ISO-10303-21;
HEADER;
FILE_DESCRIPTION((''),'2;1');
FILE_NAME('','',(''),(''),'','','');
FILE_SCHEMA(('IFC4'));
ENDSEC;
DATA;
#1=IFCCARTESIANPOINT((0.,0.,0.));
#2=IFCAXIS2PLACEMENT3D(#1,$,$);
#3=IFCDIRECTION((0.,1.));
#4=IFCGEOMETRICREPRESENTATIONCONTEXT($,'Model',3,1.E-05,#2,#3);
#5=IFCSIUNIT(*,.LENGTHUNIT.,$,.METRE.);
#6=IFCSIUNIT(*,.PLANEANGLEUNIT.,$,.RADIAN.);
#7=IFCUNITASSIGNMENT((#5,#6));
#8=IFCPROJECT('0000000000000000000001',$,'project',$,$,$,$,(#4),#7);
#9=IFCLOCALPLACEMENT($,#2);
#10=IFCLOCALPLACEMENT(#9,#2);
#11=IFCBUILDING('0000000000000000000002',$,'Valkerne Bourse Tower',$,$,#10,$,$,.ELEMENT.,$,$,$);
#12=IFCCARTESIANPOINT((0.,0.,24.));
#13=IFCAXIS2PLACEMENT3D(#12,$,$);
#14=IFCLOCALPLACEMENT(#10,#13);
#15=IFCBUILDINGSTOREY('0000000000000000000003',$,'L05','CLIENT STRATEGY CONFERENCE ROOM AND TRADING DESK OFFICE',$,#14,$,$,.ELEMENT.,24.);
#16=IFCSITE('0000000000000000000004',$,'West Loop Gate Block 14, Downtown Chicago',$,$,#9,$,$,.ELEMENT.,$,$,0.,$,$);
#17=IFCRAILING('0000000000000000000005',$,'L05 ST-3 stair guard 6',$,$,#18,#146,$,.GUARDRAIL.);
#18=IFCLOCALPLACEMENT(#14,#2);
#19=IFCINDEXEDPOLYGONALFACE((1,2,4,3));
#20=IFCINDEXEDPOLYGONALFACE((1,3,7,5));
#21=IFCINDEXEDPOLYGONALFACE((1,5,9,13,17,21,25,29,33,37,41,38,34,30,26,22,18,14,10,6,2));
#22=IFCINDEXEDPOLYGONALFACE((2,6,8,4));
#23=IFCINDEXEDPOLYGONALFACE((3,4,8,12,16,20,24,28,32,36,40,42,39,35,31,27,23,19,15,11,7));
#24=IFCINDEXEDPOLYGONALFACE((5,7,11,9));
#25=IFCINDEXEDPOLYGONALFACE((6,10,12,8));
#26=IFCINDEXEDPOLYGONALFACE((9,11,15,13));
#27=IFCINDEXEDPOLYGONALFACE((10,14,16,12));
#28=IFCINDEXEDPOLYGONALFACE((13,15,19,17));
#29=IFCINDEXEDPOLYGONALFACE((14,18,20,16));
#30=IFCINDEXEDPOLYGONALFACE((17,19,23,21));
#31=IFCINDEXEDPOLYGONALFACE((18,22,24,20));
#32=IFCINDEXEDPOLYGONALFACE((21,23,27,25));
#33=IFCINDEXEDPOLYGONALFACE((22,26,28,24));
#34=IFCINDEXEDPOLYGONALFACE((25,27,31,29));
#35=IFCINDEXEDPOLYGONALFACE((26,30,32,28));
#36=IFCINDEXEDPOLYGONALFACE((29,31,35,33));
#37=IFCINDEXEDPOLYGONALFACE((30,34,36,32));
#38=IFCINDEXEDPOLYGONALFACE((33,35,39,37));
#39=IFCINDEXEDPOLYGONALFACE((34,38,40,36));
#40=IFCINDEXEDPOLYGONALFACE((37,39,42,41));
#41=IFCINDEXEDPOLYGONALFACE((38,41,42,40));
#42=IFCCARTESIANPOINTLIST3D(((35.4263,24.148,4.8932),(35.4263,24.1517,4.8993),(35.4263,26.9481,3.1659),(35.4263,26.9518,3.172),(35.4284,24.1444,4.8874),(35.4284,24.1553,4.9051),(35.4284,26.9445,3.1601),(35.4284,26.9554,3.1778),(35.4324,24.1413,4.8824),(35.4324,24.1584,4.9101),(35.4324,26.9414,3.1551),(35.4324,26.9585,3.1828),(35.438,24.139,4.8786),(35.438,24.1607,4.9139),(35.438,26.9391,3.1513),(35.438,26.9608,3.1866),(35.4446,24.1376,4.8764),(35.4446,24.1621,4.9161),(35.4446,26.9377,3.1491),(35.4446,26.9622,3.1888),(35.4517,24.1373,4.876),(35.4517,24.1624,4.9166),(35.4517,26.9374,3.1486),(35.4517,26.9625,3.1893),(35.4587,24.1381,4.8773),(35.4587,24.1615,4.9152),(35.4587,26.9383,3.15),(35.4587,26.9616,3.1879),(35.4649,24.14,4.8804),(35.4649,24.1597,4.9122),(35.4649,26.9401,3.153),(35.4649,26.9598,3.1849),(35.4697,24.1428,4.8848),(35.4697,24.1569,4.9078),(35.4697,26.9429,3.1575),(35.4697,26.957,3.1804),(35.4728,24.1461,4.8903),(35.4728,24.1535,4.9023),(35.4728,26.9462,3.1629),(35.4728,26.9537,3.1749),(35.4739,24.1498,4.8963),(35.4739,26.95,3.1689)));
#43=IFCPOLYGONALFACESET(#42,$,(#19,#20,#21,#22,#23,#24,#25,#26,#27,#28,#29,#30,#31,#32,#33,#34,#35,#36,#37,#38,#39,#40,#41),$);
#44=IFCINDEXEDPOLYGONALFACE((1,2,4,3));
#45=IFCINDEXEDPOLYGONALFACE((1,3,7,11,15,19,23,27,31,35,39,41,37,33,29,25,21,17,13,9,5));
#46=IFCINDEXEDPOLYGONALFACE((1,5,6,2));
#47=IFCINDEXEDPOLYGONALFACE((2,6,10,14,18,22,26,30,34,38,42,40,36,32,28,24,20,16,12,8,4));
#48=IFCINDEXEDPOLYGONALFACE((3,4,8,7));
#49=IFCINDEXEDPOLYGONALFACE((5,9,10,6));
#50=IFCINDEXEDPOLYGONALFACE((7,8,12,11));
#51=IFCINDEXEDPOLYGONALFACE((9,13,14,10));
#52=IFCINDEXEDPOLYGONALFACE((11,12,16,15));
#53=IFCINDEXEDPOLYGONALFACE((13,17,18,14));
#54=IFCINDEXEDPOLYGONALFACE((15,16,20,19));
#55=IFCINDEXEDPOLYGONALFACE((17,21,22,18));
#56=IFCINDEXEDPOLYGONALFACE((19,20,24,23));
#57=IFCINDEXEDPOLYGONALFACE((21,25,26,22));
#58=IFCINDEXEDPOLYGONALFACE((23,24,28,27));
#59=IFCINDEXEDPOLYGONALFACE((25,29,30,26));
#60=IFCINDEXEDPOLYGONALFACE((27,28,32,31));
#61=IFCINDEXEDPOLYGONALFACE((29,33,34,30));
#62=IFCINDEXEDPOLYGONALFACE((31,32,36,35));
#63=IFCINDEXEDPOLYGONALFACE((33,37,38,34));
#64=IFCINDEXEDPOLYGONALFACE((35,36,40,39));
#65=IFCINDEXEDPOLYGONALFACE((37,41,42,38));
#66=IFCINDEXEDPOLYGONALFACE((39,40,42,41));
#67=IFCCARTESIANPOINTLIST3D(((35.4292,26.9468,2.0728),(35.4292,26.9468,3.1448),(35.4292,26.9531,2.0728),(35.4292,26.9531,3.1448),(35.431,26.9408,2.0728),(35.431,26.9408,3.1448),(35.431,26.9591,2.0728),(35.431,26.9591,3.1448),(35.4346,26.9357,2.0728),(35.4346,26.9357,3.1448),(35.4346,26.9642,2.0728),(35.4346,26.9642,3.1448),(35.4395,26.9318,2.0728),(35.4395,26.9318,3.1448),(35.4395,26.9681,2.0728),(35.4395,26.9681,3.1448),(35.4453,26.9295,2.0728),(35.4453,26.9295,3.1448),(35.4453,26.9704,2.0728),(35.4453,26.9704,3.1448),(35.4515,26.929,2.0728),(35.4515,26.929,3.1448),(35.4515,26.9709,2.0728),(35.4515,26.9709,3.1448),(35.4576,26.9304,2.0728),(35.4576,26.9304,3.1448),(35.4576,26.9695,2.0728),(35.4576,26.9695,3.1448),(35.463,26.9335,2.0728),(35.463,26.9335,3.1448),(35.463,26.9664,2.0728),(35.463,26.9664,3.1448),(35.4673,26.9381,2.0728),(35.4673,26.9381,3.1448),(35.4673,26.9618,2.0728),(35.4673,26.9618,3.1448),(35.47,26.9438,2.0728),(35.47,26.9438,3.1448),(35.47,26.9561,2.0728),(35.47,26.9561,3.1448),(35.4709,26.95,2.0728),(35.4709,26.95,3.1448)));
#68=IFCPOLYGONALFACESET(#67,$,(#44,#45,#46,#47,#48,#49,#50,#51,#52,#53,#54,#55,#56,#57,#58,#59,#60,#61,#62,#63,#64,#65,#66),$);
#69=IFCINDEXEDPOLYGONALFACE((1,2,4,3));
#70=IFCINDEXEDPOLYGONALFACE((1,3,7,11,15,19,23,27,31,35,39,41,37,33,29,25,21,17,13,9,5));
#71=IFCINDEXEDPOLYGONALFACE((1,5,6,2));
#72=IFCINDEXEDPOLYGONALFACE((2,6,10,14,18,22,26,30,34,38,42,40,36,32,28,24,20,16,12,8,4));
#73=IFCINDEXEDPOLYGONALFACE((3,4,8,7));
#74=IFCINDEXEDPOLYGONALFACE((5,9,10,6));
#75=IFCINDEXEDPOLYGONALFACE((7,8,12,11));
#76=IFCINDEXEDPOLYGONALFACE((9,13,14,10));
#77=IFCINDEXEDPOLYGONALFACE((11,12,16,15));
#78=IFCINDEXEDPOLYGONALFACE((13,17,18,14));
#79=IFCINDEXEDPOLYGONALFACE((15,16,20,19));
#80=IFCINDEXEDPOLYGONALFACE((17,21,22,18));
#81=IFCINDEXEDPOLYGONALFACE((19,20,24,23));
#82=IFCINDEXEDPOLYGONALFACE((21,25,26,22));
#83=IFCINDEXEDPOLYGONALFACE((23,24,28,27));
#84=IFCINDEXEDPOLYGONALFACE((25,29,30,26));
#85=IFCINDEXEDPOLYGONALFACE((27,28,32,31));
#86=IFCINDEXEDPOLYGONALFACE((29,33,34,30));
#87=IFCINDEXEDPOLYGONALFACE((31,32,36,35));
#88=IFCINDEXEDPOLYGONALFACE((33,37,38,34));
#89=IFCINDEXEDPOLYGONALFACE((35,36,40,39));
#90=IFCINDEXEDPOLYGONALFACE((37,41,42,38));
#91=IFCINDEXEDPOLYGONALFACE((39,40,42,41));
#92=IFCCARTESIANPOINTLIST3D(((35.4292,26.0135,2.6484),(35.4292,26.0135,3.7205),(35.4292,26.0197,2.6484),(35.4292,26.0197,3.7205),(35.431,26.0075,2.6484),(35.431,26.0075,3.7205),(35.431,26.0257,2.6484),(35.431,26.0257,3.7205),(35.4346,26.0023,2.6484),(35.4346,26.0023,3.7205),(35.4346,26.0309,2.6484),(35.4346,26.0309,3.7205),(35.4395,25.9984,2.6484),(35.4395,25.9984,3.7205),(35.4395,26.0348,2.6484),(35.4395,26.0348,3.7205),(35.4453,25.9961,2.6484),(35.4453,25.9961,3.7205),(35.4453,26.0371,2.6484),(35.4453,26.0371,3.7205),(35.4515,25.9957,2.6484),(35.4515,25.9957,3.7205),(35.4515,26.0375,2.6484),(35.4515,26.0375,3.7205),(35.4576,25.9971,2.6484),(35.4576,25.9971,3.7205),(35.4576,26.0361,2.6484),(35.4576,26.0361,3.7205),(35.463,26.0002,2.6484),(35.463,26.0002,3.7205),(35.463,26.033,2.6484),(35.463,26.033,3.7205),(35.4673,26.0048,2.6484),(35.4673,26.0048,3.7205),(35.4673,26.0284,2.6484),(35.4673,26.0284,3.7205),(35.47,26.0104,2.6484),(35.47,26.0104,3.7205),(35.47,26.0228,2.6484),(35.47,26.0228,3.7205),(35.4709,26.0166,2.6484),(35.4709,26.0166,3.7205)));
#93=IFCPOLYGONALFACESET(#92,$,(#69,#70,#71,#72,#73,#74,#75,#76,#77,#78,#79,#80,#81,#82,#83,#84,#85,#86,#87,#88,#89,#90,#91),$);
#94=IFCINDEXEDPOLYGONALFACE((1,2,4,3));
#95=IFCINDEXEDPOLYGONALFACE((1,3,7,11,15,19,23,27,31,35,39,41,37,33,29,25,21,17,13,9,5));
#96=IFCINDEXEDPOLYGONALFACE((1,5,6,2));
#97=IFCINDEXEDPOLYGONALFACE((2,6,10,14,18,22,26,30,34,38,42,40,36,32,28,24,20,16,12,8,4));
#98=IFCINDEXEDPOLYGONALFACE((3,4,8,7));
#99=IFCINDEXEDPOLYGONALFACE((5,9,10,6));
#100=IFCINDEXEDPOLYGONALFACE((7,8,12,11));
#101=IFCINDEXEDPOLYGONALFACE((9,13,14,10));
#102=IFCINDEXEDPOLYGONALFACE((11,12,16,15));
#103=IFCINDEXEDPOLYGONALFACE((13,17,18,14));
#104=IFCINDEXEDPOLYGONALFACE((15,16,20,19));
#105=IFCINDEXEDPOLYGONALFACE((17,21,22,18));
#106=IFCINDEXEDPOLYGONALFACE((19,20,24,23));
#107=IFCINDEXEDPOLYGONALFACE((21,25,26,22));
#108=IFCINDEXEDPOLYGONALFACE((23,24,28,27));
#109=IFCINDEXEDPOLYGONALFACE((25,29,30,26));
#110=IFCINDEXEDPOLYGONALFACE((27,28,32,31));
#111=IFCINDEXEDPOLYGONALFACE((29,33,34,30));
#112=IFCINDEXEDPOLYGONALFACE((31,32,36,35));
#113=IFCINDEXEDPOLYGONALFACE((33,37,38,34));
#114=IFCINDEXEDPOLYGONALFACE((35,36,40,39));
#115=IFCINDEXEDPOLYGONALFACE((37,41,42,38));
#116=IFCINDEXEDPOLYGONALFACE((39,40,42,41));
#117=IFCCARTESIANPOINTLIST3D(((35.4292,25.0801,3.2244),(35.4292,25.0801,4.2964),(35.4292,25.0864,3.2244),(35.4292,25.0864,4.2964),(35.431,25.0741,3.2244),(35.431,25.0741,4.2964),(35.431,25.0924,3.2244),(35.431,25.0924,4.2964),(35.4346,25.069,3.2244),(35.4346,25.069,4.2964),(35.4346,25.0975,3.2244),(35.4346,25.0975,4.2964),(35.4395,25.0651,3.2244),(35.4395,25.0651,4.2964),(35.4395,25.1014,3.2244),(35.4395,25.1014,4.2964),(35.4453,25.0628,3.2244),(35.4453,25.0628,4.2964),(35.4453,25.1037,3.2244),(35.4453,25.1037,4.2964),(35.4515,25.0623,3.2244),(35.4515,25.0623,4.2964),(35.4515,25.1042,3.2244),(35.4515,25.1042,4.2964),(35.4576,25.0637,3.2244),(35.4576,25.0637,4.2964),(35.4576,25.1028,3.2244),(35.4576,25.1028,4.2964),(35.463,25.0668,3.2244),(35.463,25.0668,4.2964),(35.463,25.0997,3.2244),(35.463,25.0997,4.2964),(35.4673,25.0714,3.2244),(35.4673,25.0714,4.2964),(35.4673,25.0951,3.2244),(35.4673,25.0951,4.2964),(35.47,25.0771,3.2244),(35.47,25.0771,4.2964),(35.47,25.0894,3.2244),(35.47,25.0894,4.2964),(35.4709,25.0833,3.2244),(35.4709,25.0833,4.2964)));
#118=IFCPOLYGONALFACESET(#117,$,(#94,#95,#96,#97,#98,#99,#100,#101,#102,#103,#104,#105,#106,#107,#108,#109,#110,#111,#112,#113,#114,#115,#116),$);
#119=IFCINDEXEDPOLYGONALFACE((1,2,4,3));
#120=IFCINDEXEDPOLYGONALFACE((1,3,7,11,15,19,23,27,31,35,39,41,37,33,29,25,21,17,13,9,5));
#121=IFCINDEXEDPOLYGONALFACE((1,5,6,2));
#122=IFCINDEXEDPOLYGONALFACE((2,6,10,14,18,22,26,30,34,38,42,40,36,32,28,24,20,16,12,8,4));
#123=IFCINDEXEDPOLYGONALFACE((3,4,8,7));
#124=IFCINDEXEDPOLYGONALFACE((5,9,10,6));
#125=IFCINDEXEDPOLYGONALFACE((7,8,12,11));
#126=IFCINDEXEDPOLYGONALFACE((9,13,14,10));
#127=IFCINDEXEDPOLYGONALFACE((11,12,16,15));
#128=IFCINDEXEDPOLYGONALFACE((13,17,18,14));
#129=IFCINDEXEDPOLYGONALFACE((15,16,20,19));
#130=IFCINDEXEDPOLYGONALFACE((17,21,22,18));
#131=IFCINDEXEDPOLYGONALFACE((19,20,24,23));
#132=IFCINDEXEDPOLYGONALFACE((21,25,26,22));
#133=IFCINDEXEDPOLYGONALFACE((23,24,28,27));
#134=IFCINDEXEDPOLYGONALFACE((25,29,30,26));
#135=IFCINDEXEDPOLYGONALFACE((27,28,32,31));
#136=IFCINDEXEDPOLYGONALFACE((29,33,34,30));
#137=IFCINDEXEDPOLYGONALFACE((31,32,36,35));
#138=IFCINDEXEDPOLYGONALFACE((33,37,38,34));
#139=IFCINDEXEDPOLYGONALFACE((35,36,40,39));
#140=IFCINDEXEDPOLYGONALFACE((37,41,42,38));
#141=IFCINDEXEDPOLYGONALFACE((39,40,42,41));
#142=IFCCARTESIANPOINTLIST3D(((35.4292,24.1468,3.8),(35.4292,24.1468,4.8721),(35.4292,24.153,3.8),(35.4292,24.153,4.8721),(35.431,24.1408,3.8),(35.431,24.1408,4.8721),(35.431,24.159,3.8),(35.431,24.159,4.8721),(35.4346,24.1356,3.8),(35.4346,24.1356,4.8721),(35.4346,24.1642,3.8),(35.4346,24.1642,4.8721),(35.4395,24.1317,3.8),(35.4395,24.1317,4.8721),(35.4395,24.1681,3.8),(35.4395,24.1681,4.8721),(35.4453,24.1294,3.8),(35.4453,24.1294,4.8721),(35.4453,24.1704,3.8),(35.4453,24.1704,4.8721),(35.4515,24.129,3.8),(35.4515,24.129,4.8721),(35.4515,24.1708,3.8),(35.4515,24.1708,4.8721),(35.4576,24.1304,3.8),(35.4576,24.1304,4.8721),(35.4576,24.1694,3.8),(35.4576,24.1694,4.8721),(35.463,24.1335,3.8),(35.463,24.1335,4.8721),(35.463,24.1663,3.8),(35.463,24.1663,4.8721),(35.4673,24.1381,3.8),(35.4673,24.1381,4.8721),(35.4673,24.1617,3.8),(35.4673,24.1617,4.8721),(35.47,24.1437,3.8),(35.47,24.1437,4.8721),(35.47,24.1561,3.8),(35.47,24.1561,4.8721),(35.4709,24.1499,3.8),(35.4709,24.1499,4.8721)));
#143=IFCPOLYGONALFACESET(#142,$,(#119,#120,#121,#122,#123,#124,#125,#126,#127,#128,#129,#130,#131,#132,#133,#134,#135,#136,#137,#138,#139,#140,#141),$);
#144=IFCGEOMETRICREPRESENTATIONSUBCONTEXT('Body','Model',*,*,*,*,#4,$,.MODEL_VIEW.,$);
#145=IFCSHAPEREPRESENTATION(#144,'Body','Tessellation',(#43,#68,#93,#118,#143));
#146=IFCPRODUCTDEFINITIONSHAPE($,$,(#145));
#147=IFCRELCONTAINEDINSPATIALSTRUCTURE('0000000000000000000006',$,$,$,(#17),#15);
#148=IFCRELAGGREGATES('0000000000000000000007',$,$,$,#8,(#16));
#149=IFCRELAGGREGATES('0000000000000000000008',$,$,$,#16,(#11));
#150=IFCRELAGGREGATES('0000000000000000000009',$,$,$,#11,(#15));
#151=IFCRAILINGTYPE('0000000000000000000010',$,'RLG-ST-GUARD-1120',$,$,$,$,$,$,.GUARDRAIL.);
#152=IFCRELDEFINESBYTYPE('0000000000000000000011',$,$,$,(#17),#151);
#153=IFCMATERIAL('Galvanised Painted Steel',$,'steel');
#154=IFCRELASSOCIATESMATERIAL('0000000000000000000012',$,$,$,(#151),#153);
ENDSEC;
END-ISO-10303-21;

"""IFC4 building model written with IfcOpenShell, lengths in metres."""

from ifc_helpers import new_model, si_unit, direction, frame, origin, origin_2d, place, context, subcontext, project, spatial, circle, extrude, material, type_object, element, save


model = new_model("IFC4")

# Units and contexts
model_context = context("Model", 3, precision=1e-05, world=origin(), true_north=direction((0.0, 1.0)))
body_context = subcontext(model_context, "Body", "Model", "MODEL_VIEW")
ifc_project = project(units=[si_unit("LENGTHUNIT", "METRE"), si_unit("PLANEANGLEUNIT", "RADIAN")], contexts=[model_context])

# Site, building, storey
site_placement = place(None, origin())
site = spatial("IfcSite", under=ifc_project, at=site_placement, Name="West Loop Gate Block 14, Downtown Chicago", CompositionType="ELEMENT", RefElevation=0.0)
building_placement = place(site_placement, origin())
building = spatial("IfcBuilding", under=site, at=building_placement, Name="Valkerne Bourse Tower", CompositionType="ELEMENT")
storey_placement = place(building_placement, frame((0.0, 0.0, 24.0)))
storey = spatial("IfcBuildingStorey", under=building, at=storey_placement, Name="L05", Description="CLIENT STRATEGY CONFERENCE ROOM AND TRADING DESK OFFICE", CompositionType="ELEMENT", Elevation=24.0)

# Shared definitions
ifc_material_1 = material(Name="Galvanised Painted Steel", Category="steel")

# Railing
railing_type_1 = type_object("IfcRailingType", Name="RLG-ST-GUARD-1120", PredefinedType="GUARDRAIL", material=ifc_material_1)
railing_1_placement = place(storey_placement, frame((35.45, 26.95, 2.0728)))
element("IfcRailing", 1, at=railing_1_placement, inside=storey, type_object=railing_type_1, Name="L05 ST-3 stair guard 6", PredefinedType="GUARDRAIL", context=body_context, shape_type="SweptSolid", body=[
    extrude(circle(Radius=0.0239, at=origin_2d()), frame((0.0, 0.0, 1.0962), z_axis=(0.0, -0.85109, 0.52502), x_axis=(1.0, 0.0, 0.0)), (0.0, 0.0, 1.0), 3.29),
    extrude(circle(Radius=0.021, at=origin_2d()), origin(), (0.0, 0.0, 1.0), 1.072),
    extrude(circle(Radius=0.021, at=origin_2d()), frame((0.0, -0.9333, 0.5757)), (0.0, 0.0, 1.0), 1.072),
    extrude(circle(Radius=0.021, at=origin_2d()), frame((0.0, -1.8667, 1.1516)), (0.0, 0.0, 1.0), 1.072),
    extrude(circle(Radius=0.021, at=origin_2d()), frame((0.0, -2.8, 1.7273)), (0.0, 0.0, 1.0), 1.072),
])

save(model, "model.ifc")
